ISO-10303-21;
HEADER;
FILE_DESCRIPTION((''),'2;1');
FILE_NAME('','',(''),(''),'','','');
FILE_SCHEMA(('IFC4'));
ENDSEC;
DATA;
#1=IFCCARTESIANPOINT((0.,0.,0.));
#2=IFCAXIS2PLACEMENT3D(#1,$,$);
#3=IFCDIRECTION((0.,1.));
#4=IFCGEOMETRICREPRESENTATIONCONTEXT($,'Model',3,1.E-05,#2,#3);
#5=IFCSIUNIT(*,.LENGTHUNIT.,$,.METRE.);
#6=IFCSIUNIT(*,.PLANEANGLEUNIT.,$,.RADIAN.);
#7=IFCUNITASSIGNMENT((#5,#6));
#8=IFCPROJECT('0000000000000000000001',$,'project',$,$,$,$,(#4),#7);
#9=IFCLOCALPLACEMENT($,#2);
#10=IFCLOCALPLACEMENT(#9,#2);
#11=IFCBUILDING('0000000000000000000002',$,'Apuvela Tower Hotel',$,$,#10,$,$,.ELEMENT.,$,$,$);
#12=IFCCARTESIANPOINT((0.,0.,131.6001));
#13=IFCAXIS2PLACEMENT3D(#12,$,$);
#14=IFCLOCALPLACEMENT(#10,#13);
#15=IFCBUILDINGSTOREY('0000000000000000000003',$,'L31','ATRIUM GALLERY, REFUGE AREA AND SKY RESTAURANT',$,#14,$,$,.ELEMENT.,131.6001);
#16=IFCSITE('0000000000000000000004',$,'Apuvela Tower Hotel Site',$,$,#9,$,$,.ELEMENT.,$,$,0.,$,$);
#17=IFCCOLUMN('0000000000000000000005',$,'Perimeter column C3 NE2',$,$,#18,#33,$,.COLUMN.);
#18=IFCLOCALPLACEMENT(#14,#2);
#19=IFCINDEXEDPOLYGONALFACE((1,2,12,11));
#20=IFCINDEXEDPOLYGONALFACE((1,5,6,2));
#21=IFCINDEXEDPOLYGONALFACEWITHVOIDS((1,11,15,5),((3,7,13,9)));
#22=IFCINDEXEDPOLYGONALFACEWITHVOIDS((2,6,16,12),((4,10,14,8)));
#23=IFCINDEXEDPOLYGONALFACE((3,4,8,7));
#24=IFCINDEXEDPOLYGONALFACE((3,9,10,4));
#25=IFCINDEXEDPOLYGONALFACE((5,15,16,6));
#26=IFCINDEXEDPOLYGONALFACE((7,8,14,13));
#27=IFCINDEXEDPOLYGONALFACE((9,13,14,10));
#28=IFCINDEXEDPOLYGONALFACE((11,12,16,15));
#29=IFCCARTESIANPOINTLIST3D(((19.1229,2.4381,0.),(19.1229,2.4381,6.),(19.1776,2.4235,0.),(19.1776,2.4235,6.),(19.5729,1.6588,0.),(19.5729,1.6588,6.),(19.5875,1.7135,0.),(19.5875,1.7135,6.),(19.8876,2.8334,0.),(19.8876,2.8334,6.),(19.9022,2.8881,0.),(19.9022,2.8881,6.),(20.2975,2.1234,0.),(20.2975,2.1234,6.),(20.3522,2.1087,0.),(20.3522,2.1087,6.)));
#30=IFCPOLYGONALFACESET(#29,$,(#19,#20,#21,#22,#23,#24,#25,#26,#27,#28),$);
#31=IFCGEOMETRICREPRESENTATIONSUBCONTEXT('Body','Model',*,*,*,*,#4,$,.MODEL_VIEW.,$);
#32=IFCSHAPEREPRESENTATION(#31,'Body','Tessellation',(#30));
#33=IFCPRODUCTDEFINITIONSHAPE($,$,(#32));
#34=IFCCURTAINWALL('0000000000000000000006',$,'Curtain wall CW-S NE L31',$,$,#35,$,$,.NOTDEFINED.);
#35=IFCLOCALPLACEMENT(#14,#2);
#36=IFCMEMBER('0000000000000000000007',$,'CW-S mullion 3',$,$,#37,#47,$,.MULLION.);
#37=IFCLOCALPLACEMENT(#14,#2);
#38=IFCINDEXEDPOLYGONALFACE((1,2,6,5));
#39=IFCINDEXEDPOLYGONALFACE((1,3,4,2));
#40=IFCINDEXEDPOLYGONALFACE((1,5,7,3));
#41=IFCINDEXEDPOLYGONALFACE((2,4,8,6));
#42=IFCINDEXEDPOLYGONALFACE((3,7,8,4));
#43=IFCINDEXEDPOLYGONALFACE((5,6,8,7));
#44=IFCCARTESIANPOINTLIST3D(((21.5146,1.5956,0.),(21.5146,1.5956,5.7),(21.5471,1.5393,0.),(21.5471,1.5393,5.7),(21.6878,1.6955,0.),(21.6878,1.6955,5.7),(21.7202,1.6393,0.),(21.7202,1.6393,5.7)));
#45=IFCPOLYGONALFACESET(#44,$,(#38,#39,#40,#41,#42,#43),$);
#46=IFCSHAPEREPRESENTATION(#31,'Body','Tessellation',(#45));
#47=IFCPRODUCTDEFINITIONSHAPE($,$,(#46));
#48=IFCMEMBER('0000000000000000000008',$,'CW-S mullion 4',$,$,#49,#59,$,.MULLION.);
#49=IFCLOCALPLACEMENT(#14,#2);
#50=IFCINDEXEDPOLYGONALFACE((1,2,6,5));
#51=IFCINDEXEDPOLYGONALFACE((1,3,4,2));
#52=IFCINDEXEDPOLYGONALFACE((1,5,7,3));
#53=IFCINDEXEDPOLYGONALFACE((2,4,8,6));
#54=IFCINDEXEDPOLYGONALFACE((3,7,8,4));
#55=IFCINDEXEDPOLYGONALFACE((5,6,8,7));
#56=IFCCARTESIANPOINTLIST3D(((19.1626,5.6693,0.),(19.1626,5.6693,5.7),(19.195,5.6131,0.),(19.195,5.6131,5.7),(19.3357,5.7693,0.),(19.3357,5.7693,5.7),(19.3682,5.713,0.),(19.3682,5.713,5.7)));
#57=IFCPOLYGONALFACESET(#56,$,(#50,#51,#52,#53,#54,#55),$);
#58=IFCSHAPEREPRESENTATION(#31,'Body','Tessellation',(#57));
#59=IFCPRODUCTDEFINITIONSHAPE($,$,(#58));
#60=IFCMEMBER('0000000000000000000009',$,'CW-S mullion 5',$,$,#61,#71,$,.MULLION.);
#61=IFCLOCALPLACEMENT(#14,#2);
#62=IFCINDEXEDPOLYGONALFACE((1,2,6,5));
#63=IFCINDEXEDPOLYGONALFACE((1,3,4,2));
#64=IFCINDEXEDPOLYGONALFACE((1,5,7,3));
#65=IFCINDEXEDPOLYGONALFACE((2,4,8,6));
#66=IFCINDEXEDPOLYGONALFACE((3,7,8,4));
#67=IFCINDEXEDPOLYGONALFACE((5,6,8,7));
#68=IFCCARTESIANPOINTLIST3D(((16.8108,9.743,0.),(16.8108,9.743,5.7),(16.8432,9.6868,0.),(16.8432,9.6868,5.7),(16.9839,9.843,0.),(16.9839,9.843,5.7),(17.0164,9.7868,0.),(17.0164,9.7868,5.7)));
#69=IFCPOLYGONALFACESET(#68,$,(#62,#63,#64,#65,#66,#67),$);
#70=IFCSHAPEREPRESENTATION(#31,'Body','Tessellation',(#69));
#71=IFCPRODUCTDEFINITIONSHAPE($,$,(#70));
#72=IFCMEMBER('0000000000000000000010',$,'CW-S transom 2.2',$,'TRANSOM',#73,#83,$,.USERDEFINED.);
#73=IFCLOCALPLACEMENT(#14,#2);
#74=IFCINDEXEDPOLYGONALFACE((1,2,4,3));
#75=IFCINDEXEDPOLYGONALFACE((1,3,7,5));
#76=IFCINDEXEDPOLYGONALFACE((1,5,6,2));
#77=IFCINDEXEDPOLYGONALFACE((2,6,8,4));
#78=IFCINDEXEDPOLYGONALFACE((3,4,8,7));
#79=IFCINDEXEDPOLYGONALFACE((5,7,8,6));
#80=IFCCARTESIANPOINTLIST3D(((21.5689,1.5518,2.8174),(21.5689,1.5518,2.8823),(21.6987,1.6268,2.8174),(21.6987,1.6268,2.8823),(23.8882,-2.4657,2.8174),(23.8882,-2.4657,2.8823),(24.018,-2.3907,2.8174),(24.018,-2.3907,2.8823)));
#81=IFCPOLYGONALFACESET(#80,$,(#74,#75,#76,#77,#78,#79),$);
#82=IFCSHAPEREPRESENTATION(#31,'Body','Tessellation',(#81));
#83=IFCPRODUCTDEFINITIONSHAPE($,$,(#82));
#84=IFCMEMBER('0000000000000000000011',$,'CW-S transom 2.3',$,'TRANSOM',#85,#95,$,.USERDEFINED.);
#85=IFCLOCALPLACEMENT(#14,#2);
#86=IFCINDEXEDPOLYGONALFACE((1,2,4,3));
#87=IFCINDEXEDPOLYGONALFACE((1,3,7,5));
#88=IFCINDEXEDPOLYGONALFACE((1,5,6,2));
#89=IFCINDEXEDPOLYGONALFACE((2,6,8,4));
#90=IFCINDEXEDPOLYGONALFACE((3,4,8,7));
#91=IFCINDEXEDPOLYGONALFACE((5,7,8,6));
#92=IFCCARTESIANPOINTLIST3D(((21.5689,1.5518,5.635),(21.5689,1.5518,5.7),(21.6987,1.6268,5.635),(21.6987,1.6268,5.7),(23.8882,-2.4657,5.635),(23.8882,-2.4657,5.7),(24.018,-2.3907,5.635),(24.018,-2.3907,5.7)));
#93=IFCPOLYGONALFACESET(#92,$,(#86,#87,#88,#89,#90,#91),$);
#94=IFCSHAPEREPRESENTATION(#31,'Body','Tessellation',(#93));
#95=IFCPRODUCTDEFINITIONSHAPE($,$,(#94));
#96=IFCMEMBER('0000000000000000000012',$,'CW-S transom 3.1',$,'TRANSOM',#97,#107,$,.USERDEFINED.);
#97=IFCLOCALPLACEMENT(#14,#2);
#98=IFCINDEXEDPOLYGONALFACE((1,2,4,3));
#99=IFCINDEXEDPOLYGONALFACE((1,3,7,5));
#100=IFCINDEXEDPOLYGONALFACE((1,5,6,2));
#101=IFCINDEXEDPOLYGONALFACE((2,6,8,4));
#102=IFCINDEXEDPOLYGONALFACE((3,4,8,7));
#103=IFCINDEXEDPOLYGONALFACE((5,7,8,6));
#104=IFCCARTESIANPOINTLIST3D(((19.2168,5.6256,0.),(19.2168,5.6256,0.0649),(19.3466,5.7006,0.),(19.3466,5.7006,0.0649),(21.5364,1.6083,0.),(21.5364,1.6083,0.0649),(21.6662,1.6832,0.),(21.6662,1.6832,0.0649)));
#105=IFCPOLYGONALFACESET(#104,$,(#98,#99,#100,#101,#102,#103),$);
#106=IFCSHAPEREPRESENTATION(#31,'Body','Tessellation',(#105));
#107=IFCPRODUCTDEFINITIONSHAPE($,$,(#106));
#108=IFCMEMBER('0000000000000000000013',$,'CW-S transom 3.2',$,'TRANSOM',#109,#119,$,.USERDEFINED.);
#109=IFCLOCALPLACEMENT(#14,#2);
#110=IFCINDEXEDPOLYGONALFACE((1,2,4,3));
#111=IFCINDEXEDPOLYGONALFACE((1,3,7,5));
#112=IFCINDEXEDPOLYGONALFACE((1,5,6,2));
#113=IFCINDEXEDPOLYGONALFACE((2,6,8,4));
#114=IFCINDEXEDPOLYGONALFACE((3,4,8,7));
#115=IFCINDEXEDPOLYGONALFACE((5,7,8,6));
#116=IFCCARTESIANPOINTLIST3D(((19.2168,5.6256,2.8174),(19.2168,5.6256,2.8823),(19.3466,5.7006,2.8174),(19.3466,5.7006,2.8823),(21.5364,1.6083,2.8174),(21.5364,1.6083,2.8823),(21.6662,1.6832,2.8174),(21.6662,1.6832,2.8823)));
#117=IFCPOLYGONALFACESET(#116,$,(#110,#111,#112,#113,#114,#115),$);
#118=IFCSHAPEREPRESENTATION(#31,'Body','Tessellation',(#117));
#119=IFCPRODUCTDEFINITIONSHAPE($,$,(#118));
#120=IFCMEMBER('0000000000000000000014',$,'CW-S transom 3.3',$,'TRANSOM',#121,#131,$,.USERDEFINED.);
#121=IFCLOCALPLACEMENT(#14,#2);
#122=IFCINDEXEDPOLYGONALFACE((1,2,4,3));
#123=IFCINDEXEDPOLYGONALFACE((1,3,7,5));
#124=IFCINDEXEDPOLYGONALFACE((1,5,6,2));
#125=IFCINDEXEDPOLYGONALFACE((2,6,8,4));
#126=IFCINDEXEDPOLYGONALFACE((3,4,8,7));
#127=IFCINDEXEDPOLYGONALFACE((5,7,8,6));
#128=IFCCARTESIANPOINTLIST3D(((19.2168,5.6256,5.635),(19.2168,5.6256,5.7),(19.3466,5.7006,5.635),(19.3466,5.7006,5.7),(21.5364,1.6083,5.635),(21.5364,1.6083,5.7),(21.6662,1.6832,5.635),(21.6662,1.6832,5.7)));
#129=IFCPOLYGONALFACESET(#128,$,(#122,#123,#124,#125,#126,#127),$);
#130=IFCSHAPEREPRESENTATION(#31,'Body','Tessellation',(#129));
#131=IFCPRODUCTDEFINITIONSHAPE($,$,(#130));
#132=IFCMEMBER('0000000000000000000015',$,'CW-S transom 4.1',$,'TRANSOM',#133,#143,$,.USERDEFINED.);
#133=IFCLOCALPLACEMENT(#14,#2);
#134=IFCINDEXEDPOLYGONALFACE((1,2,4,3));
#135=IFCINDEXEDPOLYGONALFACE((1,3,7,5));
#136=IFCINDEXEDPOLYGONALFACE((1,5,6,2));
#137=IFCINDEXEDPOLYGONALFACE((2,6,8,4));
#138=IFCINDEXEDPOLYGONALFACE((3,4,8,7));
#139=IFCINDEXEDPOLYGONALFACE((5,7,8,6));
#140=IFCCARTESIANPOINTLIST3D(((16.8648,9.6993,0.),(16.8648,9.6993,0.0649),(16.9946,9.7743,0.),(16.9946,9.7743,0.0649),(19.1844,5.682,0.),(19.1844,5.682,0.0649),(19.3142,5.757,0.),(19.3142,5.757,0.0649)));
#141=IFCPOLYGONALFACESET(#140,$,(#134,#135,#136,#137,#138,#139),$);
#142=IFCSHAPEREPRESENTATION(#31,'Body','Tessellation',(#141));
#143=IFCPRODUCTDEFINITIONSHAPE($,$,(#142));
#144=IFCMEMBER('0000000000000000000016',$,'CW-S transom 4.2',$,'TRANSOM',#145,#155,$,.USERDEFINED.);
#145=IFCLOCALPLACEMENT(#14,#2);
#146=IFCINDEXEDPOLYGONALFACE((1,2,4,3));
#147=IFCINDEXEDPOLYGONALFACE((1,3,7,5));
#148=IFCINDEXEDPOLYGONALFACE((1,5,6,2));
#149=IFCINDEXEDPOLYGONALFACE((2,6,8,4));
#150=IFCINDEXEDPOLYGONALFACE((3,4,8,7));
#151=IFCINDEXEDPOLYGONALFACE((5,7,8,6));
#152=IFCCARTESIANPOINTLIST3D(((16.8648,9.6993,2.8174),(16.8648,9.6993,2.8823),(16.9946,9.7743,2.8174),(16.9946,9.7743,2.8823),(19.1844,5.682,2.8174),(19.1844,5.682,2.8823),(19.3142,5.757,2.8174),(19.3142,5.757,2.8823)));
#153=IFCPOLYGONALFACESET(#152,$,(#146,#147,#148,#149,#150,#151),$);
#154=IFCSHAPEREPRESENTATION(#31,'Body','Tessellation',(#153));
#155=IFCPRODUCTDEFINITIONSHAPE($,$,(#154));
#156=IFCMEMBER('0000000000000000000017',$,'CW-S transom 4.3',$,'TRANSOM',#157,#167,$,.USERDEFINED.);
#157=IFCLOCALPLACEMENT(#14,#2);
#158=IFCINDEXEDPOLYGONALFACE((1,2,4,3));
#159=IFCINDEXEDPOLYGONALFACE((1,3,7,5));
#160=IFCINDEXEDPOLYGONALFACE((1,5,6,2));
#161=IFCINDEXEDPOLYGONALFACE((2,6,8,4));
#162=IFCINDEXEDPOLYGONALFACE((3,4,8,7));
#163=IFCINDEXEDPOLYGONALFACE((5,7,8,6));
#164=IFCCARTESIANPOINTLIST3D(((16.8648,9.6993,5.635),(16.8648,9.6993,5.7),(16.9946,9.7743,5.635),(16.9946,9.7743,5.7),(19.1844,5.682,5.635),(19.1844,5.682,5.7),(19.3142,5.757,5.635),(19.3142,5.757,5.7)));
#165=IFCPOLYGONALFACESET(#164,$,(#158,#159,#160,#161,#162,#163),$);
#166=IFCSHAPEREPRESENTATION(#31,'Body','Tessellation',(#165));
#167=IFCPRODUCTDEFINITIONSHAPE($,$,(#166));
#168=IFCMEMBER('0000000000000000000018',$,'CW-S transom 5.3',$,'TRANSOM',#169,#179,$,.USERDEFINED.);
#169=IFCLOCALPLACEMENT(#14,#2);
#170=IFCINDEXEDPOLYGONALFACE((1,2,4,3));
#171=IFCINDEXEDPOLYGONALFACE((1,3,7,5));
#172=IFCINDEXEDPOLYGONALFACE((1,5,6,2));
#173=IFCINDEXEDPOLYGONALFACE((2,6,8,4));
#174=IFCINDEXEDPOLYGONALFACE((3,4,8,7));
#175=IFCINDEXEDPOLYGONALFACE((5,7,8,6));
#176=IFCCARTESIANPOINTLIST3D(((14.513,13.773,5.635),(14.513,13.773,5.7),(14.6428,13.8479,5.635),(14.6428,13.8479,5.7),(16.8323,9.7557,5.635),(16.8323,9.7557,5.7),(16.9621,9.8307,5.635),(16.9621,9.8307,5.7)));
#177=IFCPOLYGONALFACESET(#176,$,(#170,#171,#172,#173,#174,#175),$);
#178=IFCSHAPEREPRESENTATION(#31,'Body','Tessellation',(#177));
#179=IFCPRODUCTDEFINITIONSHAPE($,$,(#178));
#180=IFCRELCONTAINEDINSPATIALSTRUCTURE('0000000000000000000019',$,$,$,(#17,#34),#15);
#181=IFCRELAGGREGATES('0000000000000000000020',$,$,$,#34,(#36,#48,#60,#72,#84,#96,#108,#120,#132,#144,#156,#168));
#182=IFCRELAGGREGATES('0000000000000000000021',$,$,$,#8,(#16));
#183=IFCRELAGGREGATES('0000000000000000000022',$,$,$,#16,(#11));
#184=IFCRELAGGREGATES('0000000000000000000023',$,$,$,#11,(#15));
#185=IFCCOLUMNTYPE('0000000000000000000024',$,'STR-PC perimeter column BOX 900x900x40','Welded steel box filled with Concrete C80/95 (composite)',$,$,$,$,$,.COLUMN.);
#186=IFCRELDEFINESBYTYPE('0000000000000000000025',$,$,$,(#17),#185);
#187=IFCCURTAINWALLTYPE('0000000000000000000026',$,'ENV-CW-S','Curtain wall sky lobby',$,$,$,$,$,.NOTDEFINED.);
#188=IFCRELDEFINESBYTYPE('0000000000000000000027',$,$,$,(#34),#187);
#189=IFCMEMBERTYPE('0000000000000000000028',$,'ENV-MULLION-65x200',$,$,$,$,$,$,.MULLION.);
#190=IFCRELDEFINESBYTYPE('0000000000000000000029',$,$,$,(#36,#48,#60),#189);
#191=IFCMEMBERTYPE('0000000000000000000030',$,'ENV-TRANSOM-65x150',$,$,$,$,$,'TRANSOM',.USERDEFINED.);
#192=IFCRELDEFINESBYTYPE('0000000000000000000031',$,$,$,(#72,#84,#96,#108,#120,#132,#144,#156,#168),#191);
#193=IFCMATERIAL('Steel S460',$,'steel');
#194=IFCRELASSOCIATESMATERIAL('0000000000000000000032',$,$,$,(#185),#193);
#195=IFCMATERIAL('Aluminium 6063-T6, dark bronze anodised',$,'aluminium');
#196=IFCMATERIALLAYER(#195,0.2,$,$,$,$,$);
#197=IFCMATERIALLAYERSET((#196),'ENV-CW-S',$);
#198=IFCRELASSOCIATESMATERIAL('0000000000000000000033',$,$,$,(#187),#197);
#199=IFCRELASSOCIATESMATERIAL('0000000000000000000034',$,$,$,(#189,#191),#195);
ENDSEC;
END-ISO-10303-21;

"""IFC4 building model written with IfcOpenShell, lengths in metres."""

from ifc_helpers import new_model, si_unit, direction, frame, origin, origin_2d, place, context, subcontext, project, spatial, rectangle, hollow_rectangle, extrude, material, layer, layer_set, material_profile, profile_set, type_object, element, aggregate, save


model = new_model("IFC4")

# Units and contexts
model_context = context("Model", 3, precision=1e-05, world=origin(), true_north=direction((0.0, 1.0)))
body_context = subcontext(model_context, "Body", "Model", "MODEL_VIEW")
ifc_project = project(units=[si_unit("LENGTHUNIT", "METRE"), si_unit("PLANEANGLEUNIT", "RADIAN")], contexts=[model_context])

# Site, building, storey
site_placement = place(None, origin())
site = spatial("IfcSite", under=ifc_project, at=site_placement, Name="Apuvela Tower Hotel Site", CompositionType="ELEMENT", RefElevation=0.0)
building_placement = place(site_placement, origin())
building = spatial("IfcBuilding", under=site, at=building_placement, Name="Apuvela Tower Hotel", CompositionType="ELEMENT")
storey_placement = place(building_placement, frame((0.0, 0.0, 131.6001)))
storey = spatial("IfcBuildingStorey", under=building, at=storey_placement, Name="L31", Description="ATRIUM GALLERY, REFUGE AREA AND SKY RESTAURANT", CompositionType="ELEMENT", Elevation=131.6001)

# Column
ifc_material_1 = material(Name="Steel S460", Category="steel")
ifc_material_profile_1 = material_profile(ifc_material_1, hollow_rectangle(XDim=0.8999, YDim=0.8999, WallThickness=0.04, at=origin_2d()), Name="BOX 900x900x40")
ifc_material_2 = material(Name="Concrete C80/95", Category="concrete")
ifc_material_profile_2 = material_profile(ifc_material_2, rectangle(XDim=0.8201, YDim=0.8201, at=origin_2d()), Name="Concrete C80/95 infill")
ifc_profile_set_1 = profile_set([ifc_material_profile_1, ifc_material_profile_2], Name="Steel S460")
column_type = type_object("IfcColumnType", Name="STR-PC perimeter column BOX 900x900x40", Description="Welded steel box filled with Concrete C80/95 (composite)", PredefinedType="COLUMN", material=ifc_profile_set_1)
column_placement = place(storey_placement, frame((19.7375, 2.2734, 0.0), z_axis=(0.0, 0.0, 1.0), x_axis=(-0.5, 0.866025, 0.0)))
element("IfcColumn", 1, at=column_placement, inside=storey, type_object=column_type, Name="Perimeter column C3 NE2", PredefinedType="COLUMN", context=body_context, shape_type="SweptSolid", body=[
    extrude(hollow_rectangle(XDim=0.8999, YDim=0.8999, WallThickness=0.04, at=origin_2d()), origin(), (0.0, 0.0, 1.0), 6.0),
])

# Curtain wall, members
ifc_material_3 = material(Name="Aluminium 6063-T6, dark bronze anodised", Category="aluminium")
ifc_layer_1 = layer(ifc_material_3, 0.2)
ifc_layer_set_1 = layer_set([ifc_layer_1], Name="ENV-CW-S")
curtain_wall_type = type_object("IfcCurtainWallType", Name="ENV-CW-S", Description="Curtain wall sky lobby", PredefinedType="NOTDEFINED", material=ifc_layer_set_1)
curtain_wall_placement = place(storey_placement, origin())
curtain_wall = element("IfcCurtainWall", 2, at=curtain_wall_placement, inside=storey, type_object=curtain_wall_type, Name="Curtain wall CW-S NE L31", PredefinedType="NOTDEFINED")
ifc_material_profile_3 = material_profile(ifc_material_3, rectangle(XDim=0.2, YDim=0.0649, at=origin_2d()), Name="AL 65x200")
ifc_profile_set_2 = profile_set([ifc_material_profile_3], Name="Aluminium 6063-T6, dark bronze anodised")
member_type_1 = type_object("IfcMemberType", Name="ENV-MULLION-65x200", PredefinedType="MULLION", material=ifc_profile_set_2)
member_1_placement = place(storey_placement, frame((21.6174, 1.6174, 0.0), z_axis=(0.0, 0.0, 1.0), x_axis=(-0.866026, -0.499999, 0.0)))
member_1 = element("IfcMember", 3, at=member_1_placement, type_object=member_type_1, Name="CW-S mullion 3", PredefinedType="MULLION", context=body_context, shape_type="SweptSolid", body=[
    extrude(rectangle(XDim=0.2, YDim=0.0649, at=origin_2d()), origin(), (0.0, 0.0, 1.0), 5.7),
])
member_2_placement = place(storey_placement, frame((19.2654, 5.6912, 0.0), z_axis=(0.0, 0.0, 1.0), x_axis=(-0.866026, -0.499999, 0.0)))
member_2 = element("IfcMember", 4, at=member_2_placement, type_object=member_type_1, Name="CW-S mullion 4", PredefinedType="MULLION", context=body_context, shape_type="SweptSolid", body=[
    extrude(rectangle(XDim=0.2, YDim=0.0649, at=origin_2d()), origin(), (0.0, 0.0, 1.0), 5.7),
])
member_3_placement = place(storey_placement, frame((16.9136, 9.7649, 0.0), z_axis=(0.0, 0.0, 1.0), x_axis=(-0.866026, -0.499999, 0.0)))
member_3 = element("IfcMember", 5, at=member_3_placement, type_object=member_type_1, Name="CW-S mullion 5", PredefinedType="MULLION", context=body_context, shape_type="SweptSolid", body=[
    extrude(rectangle(XDim=0.2, YDim=0.0649, at=origin_2d()), origin(), (0.0, 0.0, 1.0), 5.7),
])
ifc_material_profile_4 = material_profile(ifc_material_3, rectangle(XDim=0.1499, YDim=0.0649, at=origin_2d()), Name="AL 65x150 transom")
ifc_profile_set_3 = profile_set([ifc_material_profile_4], Name="Aluminium 6063-T6, dark bronze anodised")
member_type_2 = type_object("IfcMemberType", Name="ENV-TRANSOM-65x150", ElementType="TRANSOM", PredefinedType="USERDEFINED", material=ifc_profile_set_3)
member_4_placement = place(storey_placement, frame((23.9531, -2.4282, 2.8499), z_axis=(-0.499965, 0.866045, 0.0), x_axis=(-0.866045, -0.499965, 0.0)))
member_4 = element("IfcMember", 6, at=member_4_placement, type_object=member_type_2, Name="CW-S transom 2.2", ObjectType="TRANSOM", PredefinedType="USERDEFINED", context=body_context, shape_type="SweptSolid", body=[
    extrude(rectangle(XDim=0.1499, YDim=0.0649, at=origin_2d()), origin(), (0.0, 0.0, 1.0), 4.6389),
])
member_5_placement = place(storey_placement, frame((23.9531, -2.4282, 5.6675), z_axis=(-0.499965, 0.866045, 0.0), x_axis=(-0.866045, -0.499965, 0.0)))
member_5 = element("IfcMember", 7, at=member_5_placement, type_object=member_type_2, Name="CW-S transom 2.3", ObjectType="TRANSOM", PredefinedType="USERDEFINED", context=body_context, shape_type="SweptSolid", body=[
    extrude(rectangle(XDim=0.1499, YDim=0.0649, at=origin_2d()), origin(), (0.0, 0.0, 1.0), 4.6389),
])
member_6_placement = place(storey_placement, frame((21.6013, 1.6458, 0.0325), z_axis=(-0.500028, 0.866009, 0.0), x_axis=(-0.866009, -0.500028, 0.0)))
member_6 = element("IfcMember", 8, at=member_6_placement, type_object=member_type_2, Name="CW-S transom 3.1", ObjectType="TRANSOM", PredefinedType="USERDEFINED", context=body_context, shape_type="SweptSolid", body=[
    extrude(rectangle(XDim=0.1499, YDim=0.0649, at=origin_2d()), origin(), (0.0, 0.0, 1.0), 4.6389),
])
member_7_placement = place(storey_placement, frame((21.6013, 1.6458, 2.8499), z_axis=(-0.500028, 0.866009, 0.0), x_axis=(-0.866009, -0.500028, 0.0)))
member_7 = element("IfcMember", 9, at=member_7_placement, type_object=member_type_2, Name="CW-S transom 3.2", ObjectType="TRANSOM", PredefinedType="USERDEFINED", context=body_context, shape_type="SweptSolid", body=[
    extrude(rectangle(XDim=0.1499, YDim=0.0649, at=origin_2d()), origin(), (0.0, 0.0, 1.0), 4.6389),
])
member_8_placement = place(storey_placement, frame((21.6013, 1.6458, 5.6675), z_axis=(-0.500028, 0.866009, 0.0), x_axis=(-0.866009, -0.500028, 0.0)))
member_8 = element("IfcMember", 10, at=member_8_placement, type_object=member_type_2, Name="CW-S transom 3.3", ObjectType="TRANSOM", PredefinedType="USERDEFINED", context=body_context, shape_type="SweptSolid", body=[
    extrude(rectangle(XDim=0.1499, YDim=0.0649, at=origin_2d()), origin(), (0.0, 0.0, 1.0), 4.6389),
])
member_9_placement = place(storey_placement, frame((19.2493, 5.7195, 0.0325), z_axis=(-0.500028, 0.866009, 0.0), x_axis=(-0.866009, -0.500028, 0.0)))
member_9 = element("IfcMember", 11, at=member_9_placement, type_object=member_type_2, Name="CW-S transom 4.1", ObjectType="TRANSOM", PredefinedType="USERDEFINED", context=body_context, shape_type="SweptSolid", body=[
    extrude(rectangle(XDim=0.1499, YDim=0.0649, at=origin_2d()), origin(), (0.0, 0.0, 1.0), 4.6389),
])
member_10_placement = place(storey_placement, frame((19.2493, 5.7195, 2.8499), z_axis=(-0.500028, 0.866009, 0.0), x_axis=(-0.866009, -0.500028, 0.0)))
member_10 = element("IfcMember", 12, at=member_10_placement, type_object=member_type_2, Name="CW-S transom 4.2", ObjectType="TRANSOM", PredefinedType="USERDEFINED", context=body_context, shape_type="SweptSolid", body=[
    extrude(rectangle(XDim=0.1499, YDim=0.0649, at=origin_2d()), origin(), (0.0, 0.0, 1.0), 4.6389),
])
member_11_placement = place(storey_placement, frame((19.2493, 5.7195, 5.6675), z_axis=(-0.500028, 0.866009, 0.0), x_axis=(-0.866009, -0.500028, 0.0)))
member_11 = element("IfcMember", 13, at=member_11_placement, type_object=member_type_2, Name="CW-S transom 4.3", ObjectType="TRANSOM", PredefinedType="USERDEFINED", context=body_context, shape_type="SweptSolid", body=[
    extrude(rectangle(XDim=0.1499, YDim=0.0649, at=origin_2d()), origin(), (0.0, 0.0, 1.0), 4.6389),
])
member_12_placement = place(storey_placement, frame((16.8972, 9.7932, 5.6675), z_axis=(-0.499988, 0.866032, 0.0), x_axis=(-0.866032, -0.499988, 0.0)))
member_12 = element("IfcMember", 14, at=member_12_placement, type_object=member_type_2, Name="CW-S transom 5.3", ObjectType="TRANSOM", PredefinedType="USERDEFINED", context=body_context, shape_type="SweptSolid", body=[
    extrude(rectangle(XDim=0.1499, YDim=0.0649, at=origin_2d()), origin(), (0.0, 0.0, 1.0), 4.6387),
])

aggregate(curtain_wall, [member_1, member_2, member_3, member_4, member_5, member_6, member_7, member_8, member_9, member_10, member_11, member_12])

save(model, "model.ifc")
